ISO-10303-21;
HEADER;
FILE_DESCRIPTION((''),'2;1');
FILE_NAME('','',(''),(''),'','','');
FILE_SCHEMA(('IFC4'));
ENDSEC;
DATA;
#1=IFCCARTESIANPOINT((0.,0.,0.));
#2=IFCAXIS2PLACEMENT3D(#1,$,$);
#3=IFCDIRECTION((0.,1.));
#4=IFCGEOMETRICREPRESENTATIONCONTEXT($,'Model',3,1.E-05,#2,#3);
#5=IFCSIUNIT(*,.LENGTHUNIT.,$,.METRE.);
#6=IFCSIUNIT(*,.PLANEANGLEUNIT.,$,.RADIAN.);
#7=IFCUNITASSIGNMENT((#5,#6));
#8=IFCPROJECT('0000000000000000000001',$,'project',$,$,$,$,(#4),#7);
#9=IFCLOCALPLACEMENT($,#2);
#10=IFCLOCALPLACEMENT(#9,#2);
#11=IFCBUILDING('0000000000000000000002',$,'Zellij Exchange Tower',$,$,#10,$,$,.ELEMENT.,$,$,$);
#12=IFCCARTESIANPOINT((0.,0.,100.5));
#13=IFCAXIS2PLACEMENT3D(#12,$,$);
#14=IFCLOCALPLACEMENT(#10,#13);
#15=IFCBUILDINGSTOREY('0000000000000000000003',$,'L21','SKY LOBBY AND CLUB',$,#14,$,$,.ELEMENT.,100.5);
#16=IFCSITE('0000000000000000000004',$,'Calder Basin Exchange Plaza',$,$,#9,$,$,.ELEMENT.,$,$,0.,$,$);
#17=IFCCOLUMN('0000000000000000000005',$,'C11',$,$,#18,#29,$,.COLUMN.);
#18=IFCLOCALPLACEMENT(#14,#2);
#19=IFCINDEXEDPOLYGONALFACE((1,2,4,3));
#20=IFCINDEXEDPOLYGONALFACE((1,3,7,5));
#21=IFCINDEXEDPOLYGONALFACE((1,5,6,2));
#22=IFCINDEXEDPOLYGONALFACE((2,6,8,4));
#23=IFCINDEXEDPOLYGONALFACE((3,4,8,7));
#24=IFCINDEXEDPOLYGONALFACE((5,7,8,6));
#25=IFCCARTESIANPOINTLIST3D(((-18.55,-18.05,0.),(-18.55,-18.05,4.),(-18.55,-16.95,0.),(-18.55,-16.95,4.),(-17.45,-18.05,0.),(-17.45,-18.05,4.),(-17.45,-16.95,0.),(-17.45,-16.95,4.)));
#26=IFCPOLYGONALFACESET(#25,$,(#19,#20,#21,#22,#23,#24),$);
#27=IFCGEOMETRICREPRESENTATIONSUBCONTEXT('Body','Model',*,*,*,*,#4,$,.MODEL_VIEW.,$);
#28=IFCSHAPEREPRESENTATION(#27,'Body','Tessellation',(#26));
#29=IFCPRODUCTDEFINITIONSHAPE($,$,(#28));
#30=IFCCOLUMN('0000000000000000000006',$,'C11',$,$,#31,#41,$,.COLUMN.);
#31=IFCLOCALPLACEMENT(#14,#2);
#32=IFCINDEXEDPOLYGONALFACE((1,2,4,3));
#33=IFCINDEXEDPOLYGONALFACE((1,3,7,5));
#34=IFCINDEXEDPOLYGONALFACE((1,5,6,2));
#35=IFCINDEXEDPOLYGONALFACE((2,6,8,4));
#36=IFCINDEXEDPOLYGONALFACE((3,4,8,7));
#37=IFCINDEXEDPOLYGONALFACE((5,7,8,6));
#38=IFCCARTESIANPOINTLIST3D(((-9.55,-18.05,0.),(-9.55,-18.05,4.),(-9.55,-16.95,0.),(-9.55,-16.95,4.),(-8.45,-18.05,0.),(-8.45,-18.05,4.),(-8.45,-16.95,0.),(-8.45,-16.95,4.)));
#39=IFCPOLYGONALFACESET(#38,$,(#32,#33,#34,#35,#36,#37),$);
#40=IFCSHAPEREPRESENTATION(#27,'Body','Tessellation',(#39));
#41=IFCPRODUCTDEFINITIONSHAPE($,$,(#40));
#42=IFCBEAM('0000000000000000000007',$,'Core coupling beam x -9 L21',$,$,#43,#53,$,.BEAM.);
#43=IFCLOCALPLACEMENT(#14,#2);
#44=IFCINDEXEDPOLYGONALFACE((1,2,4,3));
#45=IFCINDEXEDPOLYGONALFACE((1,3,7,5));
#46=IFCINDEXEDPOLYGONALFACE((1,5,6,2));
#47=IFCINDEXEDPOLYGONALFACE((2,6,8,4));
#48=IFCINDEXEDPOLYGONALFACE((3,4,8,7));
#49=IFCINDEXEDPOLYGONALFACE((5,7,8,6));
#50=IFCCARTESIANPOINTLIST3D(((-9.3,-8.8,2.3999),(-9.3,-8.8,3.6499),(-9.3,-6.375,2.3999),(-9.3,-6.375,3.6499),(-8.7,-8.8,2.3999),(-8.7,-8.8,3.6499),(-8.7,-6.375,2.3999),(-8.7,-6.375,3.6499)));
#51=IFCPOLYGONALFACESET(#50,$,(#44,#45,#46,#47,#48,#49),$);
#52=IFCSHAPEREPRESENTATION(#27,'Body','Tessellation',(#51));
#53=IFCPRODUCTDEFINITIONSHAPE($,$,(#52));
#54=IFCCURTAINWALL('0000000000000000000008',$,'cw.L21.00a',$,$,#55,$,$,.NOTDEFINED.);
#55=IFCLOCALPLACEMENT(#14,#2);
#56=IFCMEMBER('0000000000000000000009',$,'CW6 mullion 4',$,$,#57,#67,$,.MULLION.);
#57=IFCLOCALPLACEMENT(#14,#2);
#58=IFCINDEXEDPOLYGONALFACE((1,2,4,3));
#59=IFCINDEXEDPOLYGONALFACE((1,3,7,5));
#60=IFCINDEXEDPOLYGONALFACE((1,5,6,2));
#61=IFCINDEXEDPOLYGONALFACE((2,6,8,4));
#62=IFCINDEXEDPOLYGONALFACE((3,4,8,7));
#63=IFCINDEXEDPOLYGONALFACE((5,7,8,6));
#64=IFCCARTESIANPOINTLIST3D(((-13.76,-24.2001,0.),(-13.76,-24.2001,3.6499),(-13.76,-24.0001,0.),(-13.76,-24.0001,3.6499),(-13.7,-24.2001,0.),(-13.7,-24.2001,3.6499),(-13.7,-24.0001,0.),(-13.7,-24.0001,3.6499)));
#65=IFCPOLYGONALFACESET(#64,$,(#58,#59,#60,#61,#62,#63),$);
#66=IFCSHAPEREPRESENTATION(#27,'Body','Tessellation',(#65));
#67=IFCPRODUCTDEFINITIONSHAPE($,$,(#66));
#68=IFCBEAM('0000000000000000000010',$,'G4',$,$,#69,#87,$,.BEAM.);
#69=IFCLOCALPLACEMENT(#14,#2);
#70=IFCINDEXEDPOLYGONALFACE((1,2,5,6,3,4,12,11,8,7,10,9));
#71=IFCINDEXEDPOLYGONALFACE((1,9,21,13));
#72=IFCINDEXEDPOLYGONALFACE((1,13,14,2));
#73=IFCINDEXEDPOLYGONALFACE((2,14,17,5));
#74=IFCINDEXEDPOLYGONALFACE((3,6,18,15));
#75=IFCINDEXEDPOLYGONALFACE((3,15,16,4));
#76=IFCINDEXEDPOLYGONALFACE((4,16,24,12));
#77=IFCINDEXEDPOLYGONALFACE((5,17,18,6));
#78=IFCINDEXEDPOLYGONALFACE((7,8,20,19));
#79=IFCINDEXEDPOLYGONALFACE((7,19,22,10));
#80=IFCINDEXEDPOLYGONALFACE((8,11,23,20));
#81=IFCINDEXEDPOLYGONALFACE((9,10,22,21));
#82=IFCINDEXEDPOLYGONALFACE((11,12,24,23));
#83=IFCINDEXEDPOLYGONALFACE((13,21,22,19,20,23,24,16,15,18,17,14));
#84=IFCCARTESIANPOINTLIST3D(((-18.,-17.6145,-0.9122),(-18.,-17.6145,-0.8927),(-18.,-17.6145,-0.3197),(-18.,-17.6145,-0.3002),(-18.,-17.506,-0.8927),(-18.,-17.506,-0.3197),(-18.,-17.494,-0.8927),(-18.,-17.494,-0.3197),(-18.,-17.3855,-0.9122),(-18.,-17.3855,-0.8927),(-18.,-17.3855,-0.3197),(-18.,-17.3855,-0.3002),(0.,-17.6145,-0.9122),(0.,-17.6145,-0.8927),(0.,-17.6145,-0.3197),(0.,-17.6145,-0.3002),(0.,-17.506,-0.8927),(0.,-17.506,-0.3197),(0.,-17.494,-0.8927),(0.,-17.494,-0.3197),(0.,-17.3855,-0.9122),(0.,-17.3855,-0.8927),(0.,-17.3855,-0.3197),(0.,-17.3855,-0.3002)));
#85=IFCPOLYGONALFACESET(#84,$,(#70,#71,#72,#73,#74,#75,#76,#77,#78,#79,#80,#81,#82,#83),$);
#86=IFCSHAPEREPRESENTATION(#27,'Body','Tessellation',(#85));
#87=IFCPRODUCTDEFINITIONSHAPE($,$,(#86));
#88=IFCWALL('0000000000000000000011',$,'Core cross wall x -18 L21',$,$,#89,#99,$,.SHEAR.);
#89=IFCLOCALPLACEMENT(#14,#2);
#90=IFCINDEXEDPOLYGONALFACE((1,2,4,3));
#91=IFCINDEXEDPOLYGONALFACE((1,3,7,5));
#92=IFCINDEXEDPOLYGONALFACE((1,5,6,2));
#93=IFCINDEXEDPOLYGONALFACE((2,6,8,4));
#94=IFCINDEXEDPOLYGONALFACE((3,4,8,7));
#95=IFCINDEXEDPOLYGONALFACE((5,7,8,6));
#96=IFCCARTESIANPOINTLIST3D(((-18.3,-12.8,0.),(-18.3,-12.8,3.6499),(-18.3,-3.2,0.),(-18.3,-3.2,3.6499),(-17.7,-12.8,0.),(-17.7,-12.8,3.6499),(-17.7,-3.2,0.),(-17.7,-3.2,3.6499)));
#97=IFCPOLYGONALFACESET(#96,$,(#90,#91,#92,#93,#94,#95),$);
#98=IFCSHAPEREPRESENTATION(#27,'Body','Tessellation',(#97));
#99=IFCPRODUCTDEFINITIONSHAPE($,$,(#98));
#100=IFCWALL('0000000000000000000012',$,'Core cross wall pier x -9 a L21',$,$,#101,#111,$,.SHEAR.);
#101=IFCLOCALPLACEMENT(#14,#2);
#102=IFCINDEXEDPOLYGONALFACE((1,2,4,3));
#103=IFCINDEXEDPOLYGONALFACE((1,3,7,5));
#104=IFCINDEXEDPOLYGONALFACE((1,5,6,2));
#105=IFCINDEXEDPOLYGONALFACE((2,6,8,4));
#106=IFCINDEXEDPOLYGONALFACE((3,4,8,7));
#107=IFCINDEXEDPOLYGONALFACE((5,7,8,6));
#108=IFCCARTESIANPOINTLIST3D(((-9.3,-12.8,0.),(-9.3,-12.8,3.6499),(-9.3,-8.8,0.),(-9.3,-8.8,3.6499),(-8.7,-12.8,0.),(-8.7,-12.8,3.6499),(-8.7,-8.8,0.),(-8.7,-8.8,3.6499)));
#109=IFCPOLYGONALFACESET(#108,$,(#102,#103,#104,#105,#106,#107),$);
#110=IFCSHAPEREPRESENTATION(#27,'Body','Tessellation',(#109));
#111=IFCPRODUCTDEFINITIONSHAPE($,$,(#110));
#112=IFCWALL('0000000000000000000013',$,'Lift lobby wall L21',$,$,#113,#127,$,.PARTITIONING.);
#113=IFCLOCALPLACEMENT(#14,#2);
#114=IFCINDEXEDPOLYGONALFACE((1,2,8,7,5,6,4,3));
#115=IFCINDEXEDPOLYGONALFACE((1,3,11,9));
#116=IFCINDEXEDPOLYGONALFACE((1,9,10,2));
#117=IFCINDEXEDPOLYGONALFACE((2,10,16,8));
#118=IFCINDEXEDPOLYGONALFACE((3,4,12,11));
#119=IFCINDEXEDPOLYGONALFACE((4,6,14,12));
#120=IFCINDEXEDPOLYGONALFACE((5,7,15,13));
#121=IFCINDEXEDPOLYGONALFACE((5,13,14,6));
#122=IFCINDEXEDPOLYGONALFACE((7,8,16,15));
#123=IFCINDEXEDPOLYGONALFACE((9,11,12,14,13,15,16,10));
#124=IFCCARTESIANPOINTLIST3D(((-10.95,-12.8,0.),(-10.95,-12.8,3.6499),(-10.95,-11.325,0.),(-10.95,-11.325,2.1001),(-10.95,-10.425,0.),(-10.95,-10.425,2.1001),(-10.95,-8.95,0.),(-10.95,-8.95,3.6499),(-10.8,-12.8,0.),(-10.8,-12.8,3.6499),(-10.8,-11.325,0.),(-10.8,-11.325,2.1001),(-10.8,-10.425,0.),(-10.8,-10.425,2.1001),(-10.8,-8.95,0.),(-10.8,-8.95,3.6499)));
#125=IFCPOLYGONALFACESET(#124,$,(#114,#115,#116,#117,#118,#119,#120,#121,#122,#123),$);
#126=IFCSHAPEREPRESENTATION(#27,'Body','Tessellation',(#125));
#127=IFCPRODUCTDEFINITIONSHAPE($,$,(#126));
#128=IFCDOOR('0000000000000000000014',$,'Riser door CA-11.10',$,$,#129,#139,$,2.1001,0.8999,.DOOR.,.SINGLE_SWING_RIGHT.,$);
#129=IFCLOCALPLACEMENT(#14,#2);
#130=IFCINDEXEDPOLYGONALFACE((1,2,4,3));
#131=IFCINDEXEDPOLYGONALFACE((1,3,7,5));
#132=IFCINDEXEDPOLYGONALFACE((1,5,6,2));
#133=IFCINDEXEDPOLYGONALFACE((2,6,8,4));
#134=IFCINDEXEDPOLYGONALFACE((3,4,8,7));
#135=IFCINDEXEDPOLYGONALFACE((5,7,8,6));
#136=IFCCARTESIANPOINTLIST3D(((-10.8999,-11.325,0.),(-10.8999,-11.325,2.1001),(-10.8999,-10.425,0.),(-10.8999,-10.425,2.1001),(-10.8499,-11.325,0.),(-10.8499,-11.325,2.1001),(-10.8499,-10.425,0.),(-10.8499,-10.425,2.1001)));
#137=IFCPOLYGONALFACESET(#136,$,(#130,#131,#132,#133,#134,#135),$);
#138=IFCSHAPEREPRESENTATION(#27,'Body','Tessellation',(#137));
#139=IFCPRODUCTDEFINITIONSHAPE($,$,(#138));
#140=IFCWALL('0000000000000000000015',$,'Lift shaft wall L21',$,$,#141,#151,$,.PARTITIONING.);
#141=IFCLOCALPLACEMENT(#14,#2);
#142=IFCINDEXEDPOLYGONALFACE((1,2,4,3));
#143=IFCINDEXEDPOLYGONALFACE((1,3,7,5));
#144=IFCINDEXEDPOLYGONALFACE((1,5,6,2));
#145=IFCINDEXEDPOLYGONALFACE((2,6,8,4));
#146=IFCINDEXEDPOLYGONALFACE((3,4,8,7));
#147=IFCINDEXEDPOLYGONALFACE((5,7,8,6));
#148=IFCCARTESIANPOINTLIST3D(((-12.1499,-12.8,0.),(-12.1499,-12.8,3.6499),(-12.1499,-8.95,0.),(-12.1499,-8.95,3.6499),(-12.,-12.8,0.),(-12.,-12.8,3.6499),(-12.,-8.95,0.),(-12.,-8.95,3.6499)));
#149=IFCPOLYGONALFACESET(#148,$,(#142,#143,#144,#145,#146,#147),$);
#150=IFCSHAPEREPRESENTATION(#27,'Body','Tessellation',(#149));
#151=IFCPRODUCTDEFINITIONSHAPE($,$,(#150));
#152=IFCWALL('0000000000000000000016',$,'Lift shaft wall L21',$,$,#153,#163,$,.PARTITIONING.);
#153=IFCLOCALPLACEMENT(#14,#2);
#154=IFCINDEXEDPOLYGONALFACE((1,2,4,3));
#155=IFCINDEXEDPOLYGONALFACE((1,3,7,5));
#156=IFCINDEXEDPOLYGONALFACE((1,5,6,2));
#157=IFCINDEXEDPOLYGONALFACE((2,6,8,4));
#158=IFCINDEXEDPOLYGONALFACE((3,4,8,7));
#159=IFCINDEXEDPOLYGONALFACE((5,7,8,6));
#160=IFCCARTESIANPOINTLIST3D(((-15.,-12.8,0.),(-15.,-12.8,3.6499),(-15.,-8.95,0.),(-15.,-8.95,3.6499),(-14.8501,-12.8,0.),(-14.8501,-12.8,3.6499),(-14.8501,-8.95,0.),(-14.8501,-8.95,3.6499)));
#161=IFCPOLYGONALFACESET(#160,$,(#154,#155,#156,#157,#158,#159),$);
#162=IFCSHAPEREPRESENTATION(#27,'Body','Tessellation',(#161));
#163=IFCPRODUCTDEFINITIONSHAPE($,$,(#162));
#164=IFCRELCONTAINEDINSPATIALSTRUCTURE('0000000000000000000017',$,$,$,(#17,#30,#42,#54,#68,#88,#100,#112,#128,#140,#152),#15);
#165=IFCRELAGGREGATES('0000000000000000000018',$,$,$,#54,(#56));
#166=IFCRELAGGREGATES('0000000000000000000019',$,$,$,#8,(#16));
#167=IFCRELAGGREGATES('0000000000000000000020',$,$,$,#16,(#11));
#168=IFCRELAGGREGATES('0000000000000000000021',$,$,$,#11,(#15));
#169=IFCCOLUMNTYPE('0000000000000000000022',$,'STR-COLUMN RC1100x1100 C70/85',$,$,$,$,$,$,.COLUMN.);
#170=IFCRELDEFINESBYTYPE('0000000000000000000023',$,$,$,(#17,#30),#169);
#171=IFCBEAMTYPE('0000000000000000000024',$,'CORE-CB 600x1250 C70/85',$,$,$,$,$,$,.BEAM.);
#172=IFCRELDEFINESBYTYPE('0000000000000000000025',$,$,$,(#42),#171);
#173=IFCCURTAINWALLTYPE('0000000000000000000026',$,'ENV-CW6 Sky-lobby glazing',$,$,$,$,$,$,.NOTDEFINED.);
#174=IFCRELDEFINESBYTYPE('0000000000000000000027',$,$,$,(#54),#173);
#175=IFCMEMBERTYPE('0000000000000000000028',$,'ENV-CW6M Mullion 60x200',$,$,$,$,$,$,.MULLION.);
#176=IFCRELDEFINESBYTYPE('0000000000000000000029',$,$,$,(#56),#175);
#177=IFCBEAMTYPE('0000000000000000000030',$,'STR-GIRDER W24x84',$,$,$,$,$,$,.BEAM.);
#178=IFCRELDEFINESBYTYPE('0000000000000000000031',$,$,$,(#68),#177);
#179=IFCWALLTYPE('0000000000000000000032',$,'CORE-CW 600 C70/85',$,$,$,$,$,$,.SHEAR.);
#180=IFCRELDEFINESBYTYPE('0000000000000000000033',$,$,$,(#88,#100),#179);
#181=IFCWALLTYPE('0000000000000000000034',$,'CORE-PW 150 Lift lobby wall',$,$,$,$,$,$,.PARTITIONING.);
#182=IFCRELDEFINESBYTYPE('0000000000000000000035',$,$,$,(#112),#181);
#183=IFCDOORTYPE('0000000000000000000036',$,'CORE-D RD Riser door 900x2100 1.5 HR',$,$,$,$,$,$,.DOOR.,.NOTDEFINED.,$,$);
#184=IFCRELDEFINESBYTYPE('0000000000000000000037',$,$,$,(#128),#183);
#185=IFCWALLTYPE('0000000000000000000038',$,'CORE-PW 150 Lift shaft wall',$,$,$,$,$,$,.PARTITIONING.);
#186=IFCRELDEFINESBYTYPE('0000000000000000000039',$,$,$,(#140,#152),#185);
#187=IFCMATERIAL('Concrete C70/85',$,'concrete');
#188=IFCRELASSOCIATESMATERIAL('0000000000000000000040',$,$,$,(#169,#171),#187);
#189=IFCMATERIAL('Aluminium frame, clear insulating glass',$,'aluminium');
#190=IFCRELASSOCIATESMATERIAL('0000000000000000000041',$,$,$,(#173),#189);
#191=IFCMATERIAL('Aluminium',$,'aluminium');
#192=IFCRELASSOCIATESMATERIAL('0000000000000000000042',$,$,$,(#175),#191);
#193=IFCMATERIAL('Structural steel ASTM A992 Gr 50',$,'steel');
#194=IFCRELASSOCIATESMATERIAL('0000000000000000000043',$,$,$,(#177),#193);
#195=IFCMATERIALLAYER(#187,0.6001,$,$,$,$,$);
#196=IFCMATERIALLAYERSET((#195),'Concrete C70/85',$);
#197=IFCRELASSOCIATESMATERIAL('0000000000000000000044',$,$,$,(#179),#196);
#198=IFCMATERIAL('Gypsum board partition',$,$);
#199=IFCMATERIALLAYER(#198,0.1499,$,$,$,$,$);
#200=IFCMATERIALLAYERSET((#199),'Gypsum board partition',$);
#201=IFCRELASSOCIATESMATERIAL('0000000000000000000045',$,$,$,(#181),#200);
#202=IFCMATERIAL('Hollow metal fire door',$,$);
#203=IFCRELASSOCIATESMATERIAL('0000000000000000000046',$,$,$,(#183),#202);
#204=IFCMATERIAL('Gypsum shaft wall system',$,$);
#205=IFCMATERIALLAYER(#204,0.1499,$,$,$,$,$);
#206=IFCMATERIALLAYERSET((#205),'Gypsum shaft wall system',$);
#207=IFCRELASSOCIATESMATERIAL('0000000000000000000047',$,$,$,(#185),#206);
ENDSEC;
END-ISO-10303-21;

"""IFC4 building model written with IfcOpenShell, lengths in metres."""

from ifc_helpers import new_model, si_unit, direction, frame, frame_2d, origin, origin_2d, place, context, subcontext, project, spatial, rectangle, i_section, extrude, material, layer, layer_set, material_profile, profile_set, type_object, element, fill, aggregate, save


model = new_model("IFC4")

# Units and contexts
model_context = context("Model", 3, precision=1e-05, world=origin(), true_north=direction((0.0, 1.0)))
body_context = subcontext(model_context, "Body", "Model", "MODEL_VIEW")
ifc_project = project(units=[si_unit("LENGTHUNIT", "METRE"), si_unit("PLANEANGLEUNIT", "RADIAN")], contexts=[model_context])

# Site, building, storey
site_placement = place(None, origin())
site = spatial("IfcSite", under=ifc_project, at=site_placement, Name="Calder Basin Exchange Plaza", CompositionType="ELEMENT", RefElevation=0.0)
building_placement = place(site_placement, origin())
building = spatial("IfcBuilding", under=site, at=building_placement, Name="Zellij Exchange Tower", CompositionType="ELEMENT")
storey_placement = place(building_placement, frame((0.0, 0.0, 100.5)))
storey = spatial("IfcBuildingStorey", under=building, at=storey_placement, Name="L21", Description="SKY LOBBY AND CLUB", CompositionType="ELEMENT", Elevation=100.5)

# Columns
ifc_material_1 = material(Name="Concrete C70/85", Category="concrete")
ifc_material_profile_1 = material_profile(ifc_material_1, rectangle(XDim=1.1001, YDim=1.1001, at=origin_2d()), Name="STR-COLUMN RC1100x1100 C70/85")
ifc_profile_set_1 = profile_set([ifc_material_profile_1], Name="Concrete C70/85")
column_type = type_object("IfcColumnType", Name="STR-COLUMN RC1100x1100 C70/85", PredefinedType="COLUMN", material=ifc_profile_set_1)
for number, where, z_axis, x_axis, name in (
    (1, (-18.0, -17.5, 0.0), (0.0, 0.0, 1.0), (1.0, 0.0, 0.0), "C11"),
    (2, (-9.0, -17.5, 0.0), (0.0, 0.0, 1.0), (1.0, 0.0, 0.0), "C11"),
):
    element("IfcColumn", number, at=place(storey_placement, frame(where, z_axis=z_axis, x_axis=x_axis)), inside=storey, type_object=column_type, Name=name, PredefinedType="COLUMN", context=body_context, shape_type="SweptSolid", body=[
        extrude(rectangle(XDim=1.1001, YDim=1.1001, at=origin_2d()), origin(), (0.0, 0.0, 1.0), 4.0),
    ])

# Beam
ifc_material_profile_2 = material_profile(ifc_material_1, rectangle(XDim=0.6001, YDim=1.25, at=origin_2d()), Name="CORE-CB 600x1250 C70/85")
ifc_profile_set_2 = profile_set([ifc_material_profile_2], Name="Concrete C70/85")
beam_type_1 = type_object("IfcBeamType", Name="CORE-CB 600x1250 C70/85", PredefinedType="BEAM", material=ifc_profile_set_2)
beam_1_placement = place(storey_placement, frame((-9.0, -8.8, 3.0249), z_axis=(0.0, 1.0, 0.0), x_axis=(-1.0, 0.0, 0.0)))
element("IfcBeam", 3, at=beam_1_placement, inside=storey, type_object=beam_type_1, Name="Core coupling beam x -9 L21", PredefinedType="BEAM", context=body_context, shape_type="SweptSolid", body=[
    extrude(rectangle(XDim=0.6001, YDim=1.25, at=origin_2d()), origin(), (0.0, 0.0, 1.0), 2.425),
])

# Curtain wall, member
ifc_material_2 = material(Name="Aluminium frame, clear insulating glass", Category="aluminium")
curtain_wall_type = type_object("IfcCurtainWallType", Name="ENV-CW6 Sky-lobby glazing", PredefinedType="NOTDEFINED", material=ifc_material_2)
curtain_wall_placement = place(storey_placement, origin())
curtain_wall = element("IfcCurtainWall", 4, at=curtain_wall_placement, inside=storey, type_object=curtain_wall_type, Name="cw.L21.00a", PredefinedType="NOTDEFINED")
ifc_material_3 = material(Name="Aluminium", Category="aluminium")
ifc_material_profile_3 = material_profile(ifc_material_3, rectangle(XDim=0.0601, YDim=0.2, at=origin_2d()), Name="AL 60x200")
ifc_profile_set_3 = profile_set([ifc_material_profile_3], Name="Aluminium")
member_type = type_object("IfcMemberType", Name="ENV-CW6M Mullion 60x200", PredefinedType="MULLION", material=ifc_profile_set_3)
member_placement = place(storey_placement, frame((-13.73, -24.1001, 0.0), z_axis=(0.0, 0.0, 1.0), x_axis=(1.0, 0.0, 0.0)))
member = element("IfcMember", 5, at=member_placement, type_object=member_type, Name="CW6 mullion 4", PredefinedType="MULLION", context=body_context, shape_type="SweptSolid", body=[
    extrude(rectangle(XDim=0.0601, YDim=0.2, at=origin_2d()), origin(), (0.0, 0.0, 1.0), 3.6499),
])
aggregate(curtain_wall, [member])

# Beam
ifc_material_4 = material(Name="Structural steel ASTM A992 Gr 50", Category="steel")
ifc_material_profile_4 = material_profile(ifc_material_4, i_section(OverallWidth=0.229, OverallDepth=0.6121, WebThickness=0.012, FlangeThickness=0.0195, at=origin_2d()), Name="W24x84")
ifc_profile_set_4 = profile_set([ifc_material_profile_4], Name="Structural steel ASTM A992 Gr 50")
beam_type_2 = type_object("IfcBeamType", Name="STR-GIRDER W24x84", PredefinedType="BEAM", material=ifc_profile_set_4)
beam_2_placement = place(storey_placement, frame((-18.0, -17.5, -0.6062), z_axis=(1.0, 0.0, 0.0), x_axis=(0.0, 1.0, 0.0)))
element("IfcBeam", 6, at=beam_2_placement, inside=storey, type_object=beam_type_2, Name="G4", PredefinedType="BEAM", context=body_context, shape_type="SweptSolid", body=[
    extrude(i_section(OverallWidth=0.229, OverallDepth=0.6121, WebThickness=0.012, FlangeThickness=0.0195, at=origin_2d()), origin(), (0.0, 0.0, 1.0), 18.0),
])

# Walls
ifc_layer_1 = layer(ifc_material_1, 0.6001)
ifc_layer_set_1 = layer_set([ifc_layer_1], Name="Concrete C70/85")
wall_type_1 = type_object("IfcWallType", Name="CORE-CW 600 C70/85", PredefinedType="SHEAR", material=ifc_layer_set_1)
wall_1_placement = place(storey_placement, frame((-18.0, -12.8, 0.0), z_axis=(0.0, 0.0, 1.0), x_axis=(0.0, 1.0, 0.0)))
element("IfcWall", 7, at=wall_1_placement, inside=storey, type_object=wall_type_1, Name="Core cross wall x -18 L21", PredefinedType="SHEAR", context=body_context, shape_type="SweptSolid", body=[
    extrude(rectangle(XDim=9.6001, YDim=0.6001, at=frame_2d((4.8, 0.0))), origin(), (0.0, 0.0, 1.0), 3.6499),
])
wall_2_placement = place(storey_placement, frame((-9.0, -12.8, 0.0), z_axis=(0.0, 0.0, 1.0), x_axis=(0.0, 1.0, 0.0)))
element("IfcWall", 8, at=wall_2_placement, inside=storey, type_object=wall_type_1, Name="Core cross wall pier x -9 a L21", PredefinedType="SHEAR", context=body_context, shape_type="SweptSolid", body=[
    extrude(rectangle(XDim=4.0, YDim=0.6001, at=frame_2d((2.0, 0.0))), origin(), (0.0, 0.0, 1.0), 3.6499),
])

# Wall, opening, door
ifc_material_5 = material(Name="Gypsum board partition")
ifc_layer_2 = layer(ifc_material_5, 0.1499)
ifc_layer_set_2 = layer_set([ifc_layer_2], Name="Gypsum board partition")
wall_type_2 = type_object("IfcWallType", Name="CORE-PW 150 Lift lobby wall", PredefinedType="PARTITIONING", material=ifc_layer_set_2)
wall_3_placement = place(storey_placement, frame((-10.875, -12.8, 0.0), z_axis=(0.0, 0.0, 1.0), x_axis=(0.0, 1.0, 0.0)))
wall_3 = element("IfcWall", 9, at=wall_3_placement, inside=storey, type_object=wall_type_2, Name="Lift lobby wall L21", PredefinedType="PARTITIONING", context=body_context, shape_type="SweptSolid", body=[
    extrude(rectangle(XDim=3.8501, YDim=0.1499, at=frame_2d((1.925, 0.0))), origin(), (0.0, 0.0, 1.0), 3.6499),
])
opening_1_placement = place(wall_3_placement, frame((1.4751, 0.0, 0.0)))
opening_1 = element("IfcOpeningElement", 10, at=opening_1_placement, cuts=wall_3, PredefinedType="OPENING", context=body_context, shape_type="SweptSolid", body=[
    extrude(rectangle(XDim=0.8999, YDim=2.1001, at=frame_2d((0.45, 1.05))), frame((0.0, 0.0869, 0.0), z_axis=(0.0, -1.0, 0.0), x_axis=(1.0, 0.0, 0.0)), (0.0, 0.0, 1.0), 0.1738),
])
ifc_material_6 = material(Name="Hollow metal fire door")
door_type_1 = type_object("IfcDoorType", Name="CORE-D RD Riser door 900x2100 1.5 HR", OperationType="NOTDEFINED", PredefinedType="DOOR", material=ifc_material_6)
door_1_placement = place(opening_1_placement, origin())
door_1 = element("IfcDoor", 11, at=door_1_placement, inside=storey, type_object=door_type_1, Name="Riser door CA-11.10", OperationType="SINGLE_SWING_RIGHT", OverallHeight=2.1001, OverallWidth=0.8999, PredefinedType="DOOR", context=body_context, shape_type="SweptSolid", body=[
    extrude(rectangle(XDim=0.8999, YDim=2.1001, at=frame_2d((0.45, 1.05))), frame((0.0, 0.0249, 0.0), z_axis=(0.0, -1.0, 0.0), x_axis=(1.0, 0.0, 0.0)), (0.0, 0.0, 1.0), 0.05),
])
fill(opening_1, door_1)

# Walls
ifc_material_7 = material(Name="Gypsum shaft wall system")
ifc_layer_3 = layer(ifc_material_7, 0.1499)
ifc_layer_set_3 = layer_set([ifc_layer_3], Name="Gypsum shaft wall system")
wall_type_3 = type_object("IfcWallType", Name="CORE-PW 150 Lift shaft wall", PredefinedType="PARTITIONING", material=ifc_layer_set_3)
for number, where, z_axis, x_axis, name in (
    (12, (-12.075, -12.8, 0.0), (0.0, 0.0, 1.0), (0.0, 1.0, 0.0), "Lift shaft wall L21"),
    (13, (-14.925, -12.8, 0.0), (0.0, 0.0, 1.0), (0.0, 1.0, 0.0), "Lift shaft wall L21"),
):
    element("IfcWall", number, at=place(storey_placement, frame(where, z_axis=z_axis, x_axis=x_axis)), inside=storey, type_object=wall_type_3, Name=name, PredefinedType="PARTITIONING", context=body_context, shape_type="SweptSolid", body=[
        extrude(rectangle(XDim=3.8501, YDim=0.1499, at=frame_2d((1.925, 0.0))), origin(), (0.0, 0.0, 1.0), 3.6499),
    ])

save(model, "model.ifc")
